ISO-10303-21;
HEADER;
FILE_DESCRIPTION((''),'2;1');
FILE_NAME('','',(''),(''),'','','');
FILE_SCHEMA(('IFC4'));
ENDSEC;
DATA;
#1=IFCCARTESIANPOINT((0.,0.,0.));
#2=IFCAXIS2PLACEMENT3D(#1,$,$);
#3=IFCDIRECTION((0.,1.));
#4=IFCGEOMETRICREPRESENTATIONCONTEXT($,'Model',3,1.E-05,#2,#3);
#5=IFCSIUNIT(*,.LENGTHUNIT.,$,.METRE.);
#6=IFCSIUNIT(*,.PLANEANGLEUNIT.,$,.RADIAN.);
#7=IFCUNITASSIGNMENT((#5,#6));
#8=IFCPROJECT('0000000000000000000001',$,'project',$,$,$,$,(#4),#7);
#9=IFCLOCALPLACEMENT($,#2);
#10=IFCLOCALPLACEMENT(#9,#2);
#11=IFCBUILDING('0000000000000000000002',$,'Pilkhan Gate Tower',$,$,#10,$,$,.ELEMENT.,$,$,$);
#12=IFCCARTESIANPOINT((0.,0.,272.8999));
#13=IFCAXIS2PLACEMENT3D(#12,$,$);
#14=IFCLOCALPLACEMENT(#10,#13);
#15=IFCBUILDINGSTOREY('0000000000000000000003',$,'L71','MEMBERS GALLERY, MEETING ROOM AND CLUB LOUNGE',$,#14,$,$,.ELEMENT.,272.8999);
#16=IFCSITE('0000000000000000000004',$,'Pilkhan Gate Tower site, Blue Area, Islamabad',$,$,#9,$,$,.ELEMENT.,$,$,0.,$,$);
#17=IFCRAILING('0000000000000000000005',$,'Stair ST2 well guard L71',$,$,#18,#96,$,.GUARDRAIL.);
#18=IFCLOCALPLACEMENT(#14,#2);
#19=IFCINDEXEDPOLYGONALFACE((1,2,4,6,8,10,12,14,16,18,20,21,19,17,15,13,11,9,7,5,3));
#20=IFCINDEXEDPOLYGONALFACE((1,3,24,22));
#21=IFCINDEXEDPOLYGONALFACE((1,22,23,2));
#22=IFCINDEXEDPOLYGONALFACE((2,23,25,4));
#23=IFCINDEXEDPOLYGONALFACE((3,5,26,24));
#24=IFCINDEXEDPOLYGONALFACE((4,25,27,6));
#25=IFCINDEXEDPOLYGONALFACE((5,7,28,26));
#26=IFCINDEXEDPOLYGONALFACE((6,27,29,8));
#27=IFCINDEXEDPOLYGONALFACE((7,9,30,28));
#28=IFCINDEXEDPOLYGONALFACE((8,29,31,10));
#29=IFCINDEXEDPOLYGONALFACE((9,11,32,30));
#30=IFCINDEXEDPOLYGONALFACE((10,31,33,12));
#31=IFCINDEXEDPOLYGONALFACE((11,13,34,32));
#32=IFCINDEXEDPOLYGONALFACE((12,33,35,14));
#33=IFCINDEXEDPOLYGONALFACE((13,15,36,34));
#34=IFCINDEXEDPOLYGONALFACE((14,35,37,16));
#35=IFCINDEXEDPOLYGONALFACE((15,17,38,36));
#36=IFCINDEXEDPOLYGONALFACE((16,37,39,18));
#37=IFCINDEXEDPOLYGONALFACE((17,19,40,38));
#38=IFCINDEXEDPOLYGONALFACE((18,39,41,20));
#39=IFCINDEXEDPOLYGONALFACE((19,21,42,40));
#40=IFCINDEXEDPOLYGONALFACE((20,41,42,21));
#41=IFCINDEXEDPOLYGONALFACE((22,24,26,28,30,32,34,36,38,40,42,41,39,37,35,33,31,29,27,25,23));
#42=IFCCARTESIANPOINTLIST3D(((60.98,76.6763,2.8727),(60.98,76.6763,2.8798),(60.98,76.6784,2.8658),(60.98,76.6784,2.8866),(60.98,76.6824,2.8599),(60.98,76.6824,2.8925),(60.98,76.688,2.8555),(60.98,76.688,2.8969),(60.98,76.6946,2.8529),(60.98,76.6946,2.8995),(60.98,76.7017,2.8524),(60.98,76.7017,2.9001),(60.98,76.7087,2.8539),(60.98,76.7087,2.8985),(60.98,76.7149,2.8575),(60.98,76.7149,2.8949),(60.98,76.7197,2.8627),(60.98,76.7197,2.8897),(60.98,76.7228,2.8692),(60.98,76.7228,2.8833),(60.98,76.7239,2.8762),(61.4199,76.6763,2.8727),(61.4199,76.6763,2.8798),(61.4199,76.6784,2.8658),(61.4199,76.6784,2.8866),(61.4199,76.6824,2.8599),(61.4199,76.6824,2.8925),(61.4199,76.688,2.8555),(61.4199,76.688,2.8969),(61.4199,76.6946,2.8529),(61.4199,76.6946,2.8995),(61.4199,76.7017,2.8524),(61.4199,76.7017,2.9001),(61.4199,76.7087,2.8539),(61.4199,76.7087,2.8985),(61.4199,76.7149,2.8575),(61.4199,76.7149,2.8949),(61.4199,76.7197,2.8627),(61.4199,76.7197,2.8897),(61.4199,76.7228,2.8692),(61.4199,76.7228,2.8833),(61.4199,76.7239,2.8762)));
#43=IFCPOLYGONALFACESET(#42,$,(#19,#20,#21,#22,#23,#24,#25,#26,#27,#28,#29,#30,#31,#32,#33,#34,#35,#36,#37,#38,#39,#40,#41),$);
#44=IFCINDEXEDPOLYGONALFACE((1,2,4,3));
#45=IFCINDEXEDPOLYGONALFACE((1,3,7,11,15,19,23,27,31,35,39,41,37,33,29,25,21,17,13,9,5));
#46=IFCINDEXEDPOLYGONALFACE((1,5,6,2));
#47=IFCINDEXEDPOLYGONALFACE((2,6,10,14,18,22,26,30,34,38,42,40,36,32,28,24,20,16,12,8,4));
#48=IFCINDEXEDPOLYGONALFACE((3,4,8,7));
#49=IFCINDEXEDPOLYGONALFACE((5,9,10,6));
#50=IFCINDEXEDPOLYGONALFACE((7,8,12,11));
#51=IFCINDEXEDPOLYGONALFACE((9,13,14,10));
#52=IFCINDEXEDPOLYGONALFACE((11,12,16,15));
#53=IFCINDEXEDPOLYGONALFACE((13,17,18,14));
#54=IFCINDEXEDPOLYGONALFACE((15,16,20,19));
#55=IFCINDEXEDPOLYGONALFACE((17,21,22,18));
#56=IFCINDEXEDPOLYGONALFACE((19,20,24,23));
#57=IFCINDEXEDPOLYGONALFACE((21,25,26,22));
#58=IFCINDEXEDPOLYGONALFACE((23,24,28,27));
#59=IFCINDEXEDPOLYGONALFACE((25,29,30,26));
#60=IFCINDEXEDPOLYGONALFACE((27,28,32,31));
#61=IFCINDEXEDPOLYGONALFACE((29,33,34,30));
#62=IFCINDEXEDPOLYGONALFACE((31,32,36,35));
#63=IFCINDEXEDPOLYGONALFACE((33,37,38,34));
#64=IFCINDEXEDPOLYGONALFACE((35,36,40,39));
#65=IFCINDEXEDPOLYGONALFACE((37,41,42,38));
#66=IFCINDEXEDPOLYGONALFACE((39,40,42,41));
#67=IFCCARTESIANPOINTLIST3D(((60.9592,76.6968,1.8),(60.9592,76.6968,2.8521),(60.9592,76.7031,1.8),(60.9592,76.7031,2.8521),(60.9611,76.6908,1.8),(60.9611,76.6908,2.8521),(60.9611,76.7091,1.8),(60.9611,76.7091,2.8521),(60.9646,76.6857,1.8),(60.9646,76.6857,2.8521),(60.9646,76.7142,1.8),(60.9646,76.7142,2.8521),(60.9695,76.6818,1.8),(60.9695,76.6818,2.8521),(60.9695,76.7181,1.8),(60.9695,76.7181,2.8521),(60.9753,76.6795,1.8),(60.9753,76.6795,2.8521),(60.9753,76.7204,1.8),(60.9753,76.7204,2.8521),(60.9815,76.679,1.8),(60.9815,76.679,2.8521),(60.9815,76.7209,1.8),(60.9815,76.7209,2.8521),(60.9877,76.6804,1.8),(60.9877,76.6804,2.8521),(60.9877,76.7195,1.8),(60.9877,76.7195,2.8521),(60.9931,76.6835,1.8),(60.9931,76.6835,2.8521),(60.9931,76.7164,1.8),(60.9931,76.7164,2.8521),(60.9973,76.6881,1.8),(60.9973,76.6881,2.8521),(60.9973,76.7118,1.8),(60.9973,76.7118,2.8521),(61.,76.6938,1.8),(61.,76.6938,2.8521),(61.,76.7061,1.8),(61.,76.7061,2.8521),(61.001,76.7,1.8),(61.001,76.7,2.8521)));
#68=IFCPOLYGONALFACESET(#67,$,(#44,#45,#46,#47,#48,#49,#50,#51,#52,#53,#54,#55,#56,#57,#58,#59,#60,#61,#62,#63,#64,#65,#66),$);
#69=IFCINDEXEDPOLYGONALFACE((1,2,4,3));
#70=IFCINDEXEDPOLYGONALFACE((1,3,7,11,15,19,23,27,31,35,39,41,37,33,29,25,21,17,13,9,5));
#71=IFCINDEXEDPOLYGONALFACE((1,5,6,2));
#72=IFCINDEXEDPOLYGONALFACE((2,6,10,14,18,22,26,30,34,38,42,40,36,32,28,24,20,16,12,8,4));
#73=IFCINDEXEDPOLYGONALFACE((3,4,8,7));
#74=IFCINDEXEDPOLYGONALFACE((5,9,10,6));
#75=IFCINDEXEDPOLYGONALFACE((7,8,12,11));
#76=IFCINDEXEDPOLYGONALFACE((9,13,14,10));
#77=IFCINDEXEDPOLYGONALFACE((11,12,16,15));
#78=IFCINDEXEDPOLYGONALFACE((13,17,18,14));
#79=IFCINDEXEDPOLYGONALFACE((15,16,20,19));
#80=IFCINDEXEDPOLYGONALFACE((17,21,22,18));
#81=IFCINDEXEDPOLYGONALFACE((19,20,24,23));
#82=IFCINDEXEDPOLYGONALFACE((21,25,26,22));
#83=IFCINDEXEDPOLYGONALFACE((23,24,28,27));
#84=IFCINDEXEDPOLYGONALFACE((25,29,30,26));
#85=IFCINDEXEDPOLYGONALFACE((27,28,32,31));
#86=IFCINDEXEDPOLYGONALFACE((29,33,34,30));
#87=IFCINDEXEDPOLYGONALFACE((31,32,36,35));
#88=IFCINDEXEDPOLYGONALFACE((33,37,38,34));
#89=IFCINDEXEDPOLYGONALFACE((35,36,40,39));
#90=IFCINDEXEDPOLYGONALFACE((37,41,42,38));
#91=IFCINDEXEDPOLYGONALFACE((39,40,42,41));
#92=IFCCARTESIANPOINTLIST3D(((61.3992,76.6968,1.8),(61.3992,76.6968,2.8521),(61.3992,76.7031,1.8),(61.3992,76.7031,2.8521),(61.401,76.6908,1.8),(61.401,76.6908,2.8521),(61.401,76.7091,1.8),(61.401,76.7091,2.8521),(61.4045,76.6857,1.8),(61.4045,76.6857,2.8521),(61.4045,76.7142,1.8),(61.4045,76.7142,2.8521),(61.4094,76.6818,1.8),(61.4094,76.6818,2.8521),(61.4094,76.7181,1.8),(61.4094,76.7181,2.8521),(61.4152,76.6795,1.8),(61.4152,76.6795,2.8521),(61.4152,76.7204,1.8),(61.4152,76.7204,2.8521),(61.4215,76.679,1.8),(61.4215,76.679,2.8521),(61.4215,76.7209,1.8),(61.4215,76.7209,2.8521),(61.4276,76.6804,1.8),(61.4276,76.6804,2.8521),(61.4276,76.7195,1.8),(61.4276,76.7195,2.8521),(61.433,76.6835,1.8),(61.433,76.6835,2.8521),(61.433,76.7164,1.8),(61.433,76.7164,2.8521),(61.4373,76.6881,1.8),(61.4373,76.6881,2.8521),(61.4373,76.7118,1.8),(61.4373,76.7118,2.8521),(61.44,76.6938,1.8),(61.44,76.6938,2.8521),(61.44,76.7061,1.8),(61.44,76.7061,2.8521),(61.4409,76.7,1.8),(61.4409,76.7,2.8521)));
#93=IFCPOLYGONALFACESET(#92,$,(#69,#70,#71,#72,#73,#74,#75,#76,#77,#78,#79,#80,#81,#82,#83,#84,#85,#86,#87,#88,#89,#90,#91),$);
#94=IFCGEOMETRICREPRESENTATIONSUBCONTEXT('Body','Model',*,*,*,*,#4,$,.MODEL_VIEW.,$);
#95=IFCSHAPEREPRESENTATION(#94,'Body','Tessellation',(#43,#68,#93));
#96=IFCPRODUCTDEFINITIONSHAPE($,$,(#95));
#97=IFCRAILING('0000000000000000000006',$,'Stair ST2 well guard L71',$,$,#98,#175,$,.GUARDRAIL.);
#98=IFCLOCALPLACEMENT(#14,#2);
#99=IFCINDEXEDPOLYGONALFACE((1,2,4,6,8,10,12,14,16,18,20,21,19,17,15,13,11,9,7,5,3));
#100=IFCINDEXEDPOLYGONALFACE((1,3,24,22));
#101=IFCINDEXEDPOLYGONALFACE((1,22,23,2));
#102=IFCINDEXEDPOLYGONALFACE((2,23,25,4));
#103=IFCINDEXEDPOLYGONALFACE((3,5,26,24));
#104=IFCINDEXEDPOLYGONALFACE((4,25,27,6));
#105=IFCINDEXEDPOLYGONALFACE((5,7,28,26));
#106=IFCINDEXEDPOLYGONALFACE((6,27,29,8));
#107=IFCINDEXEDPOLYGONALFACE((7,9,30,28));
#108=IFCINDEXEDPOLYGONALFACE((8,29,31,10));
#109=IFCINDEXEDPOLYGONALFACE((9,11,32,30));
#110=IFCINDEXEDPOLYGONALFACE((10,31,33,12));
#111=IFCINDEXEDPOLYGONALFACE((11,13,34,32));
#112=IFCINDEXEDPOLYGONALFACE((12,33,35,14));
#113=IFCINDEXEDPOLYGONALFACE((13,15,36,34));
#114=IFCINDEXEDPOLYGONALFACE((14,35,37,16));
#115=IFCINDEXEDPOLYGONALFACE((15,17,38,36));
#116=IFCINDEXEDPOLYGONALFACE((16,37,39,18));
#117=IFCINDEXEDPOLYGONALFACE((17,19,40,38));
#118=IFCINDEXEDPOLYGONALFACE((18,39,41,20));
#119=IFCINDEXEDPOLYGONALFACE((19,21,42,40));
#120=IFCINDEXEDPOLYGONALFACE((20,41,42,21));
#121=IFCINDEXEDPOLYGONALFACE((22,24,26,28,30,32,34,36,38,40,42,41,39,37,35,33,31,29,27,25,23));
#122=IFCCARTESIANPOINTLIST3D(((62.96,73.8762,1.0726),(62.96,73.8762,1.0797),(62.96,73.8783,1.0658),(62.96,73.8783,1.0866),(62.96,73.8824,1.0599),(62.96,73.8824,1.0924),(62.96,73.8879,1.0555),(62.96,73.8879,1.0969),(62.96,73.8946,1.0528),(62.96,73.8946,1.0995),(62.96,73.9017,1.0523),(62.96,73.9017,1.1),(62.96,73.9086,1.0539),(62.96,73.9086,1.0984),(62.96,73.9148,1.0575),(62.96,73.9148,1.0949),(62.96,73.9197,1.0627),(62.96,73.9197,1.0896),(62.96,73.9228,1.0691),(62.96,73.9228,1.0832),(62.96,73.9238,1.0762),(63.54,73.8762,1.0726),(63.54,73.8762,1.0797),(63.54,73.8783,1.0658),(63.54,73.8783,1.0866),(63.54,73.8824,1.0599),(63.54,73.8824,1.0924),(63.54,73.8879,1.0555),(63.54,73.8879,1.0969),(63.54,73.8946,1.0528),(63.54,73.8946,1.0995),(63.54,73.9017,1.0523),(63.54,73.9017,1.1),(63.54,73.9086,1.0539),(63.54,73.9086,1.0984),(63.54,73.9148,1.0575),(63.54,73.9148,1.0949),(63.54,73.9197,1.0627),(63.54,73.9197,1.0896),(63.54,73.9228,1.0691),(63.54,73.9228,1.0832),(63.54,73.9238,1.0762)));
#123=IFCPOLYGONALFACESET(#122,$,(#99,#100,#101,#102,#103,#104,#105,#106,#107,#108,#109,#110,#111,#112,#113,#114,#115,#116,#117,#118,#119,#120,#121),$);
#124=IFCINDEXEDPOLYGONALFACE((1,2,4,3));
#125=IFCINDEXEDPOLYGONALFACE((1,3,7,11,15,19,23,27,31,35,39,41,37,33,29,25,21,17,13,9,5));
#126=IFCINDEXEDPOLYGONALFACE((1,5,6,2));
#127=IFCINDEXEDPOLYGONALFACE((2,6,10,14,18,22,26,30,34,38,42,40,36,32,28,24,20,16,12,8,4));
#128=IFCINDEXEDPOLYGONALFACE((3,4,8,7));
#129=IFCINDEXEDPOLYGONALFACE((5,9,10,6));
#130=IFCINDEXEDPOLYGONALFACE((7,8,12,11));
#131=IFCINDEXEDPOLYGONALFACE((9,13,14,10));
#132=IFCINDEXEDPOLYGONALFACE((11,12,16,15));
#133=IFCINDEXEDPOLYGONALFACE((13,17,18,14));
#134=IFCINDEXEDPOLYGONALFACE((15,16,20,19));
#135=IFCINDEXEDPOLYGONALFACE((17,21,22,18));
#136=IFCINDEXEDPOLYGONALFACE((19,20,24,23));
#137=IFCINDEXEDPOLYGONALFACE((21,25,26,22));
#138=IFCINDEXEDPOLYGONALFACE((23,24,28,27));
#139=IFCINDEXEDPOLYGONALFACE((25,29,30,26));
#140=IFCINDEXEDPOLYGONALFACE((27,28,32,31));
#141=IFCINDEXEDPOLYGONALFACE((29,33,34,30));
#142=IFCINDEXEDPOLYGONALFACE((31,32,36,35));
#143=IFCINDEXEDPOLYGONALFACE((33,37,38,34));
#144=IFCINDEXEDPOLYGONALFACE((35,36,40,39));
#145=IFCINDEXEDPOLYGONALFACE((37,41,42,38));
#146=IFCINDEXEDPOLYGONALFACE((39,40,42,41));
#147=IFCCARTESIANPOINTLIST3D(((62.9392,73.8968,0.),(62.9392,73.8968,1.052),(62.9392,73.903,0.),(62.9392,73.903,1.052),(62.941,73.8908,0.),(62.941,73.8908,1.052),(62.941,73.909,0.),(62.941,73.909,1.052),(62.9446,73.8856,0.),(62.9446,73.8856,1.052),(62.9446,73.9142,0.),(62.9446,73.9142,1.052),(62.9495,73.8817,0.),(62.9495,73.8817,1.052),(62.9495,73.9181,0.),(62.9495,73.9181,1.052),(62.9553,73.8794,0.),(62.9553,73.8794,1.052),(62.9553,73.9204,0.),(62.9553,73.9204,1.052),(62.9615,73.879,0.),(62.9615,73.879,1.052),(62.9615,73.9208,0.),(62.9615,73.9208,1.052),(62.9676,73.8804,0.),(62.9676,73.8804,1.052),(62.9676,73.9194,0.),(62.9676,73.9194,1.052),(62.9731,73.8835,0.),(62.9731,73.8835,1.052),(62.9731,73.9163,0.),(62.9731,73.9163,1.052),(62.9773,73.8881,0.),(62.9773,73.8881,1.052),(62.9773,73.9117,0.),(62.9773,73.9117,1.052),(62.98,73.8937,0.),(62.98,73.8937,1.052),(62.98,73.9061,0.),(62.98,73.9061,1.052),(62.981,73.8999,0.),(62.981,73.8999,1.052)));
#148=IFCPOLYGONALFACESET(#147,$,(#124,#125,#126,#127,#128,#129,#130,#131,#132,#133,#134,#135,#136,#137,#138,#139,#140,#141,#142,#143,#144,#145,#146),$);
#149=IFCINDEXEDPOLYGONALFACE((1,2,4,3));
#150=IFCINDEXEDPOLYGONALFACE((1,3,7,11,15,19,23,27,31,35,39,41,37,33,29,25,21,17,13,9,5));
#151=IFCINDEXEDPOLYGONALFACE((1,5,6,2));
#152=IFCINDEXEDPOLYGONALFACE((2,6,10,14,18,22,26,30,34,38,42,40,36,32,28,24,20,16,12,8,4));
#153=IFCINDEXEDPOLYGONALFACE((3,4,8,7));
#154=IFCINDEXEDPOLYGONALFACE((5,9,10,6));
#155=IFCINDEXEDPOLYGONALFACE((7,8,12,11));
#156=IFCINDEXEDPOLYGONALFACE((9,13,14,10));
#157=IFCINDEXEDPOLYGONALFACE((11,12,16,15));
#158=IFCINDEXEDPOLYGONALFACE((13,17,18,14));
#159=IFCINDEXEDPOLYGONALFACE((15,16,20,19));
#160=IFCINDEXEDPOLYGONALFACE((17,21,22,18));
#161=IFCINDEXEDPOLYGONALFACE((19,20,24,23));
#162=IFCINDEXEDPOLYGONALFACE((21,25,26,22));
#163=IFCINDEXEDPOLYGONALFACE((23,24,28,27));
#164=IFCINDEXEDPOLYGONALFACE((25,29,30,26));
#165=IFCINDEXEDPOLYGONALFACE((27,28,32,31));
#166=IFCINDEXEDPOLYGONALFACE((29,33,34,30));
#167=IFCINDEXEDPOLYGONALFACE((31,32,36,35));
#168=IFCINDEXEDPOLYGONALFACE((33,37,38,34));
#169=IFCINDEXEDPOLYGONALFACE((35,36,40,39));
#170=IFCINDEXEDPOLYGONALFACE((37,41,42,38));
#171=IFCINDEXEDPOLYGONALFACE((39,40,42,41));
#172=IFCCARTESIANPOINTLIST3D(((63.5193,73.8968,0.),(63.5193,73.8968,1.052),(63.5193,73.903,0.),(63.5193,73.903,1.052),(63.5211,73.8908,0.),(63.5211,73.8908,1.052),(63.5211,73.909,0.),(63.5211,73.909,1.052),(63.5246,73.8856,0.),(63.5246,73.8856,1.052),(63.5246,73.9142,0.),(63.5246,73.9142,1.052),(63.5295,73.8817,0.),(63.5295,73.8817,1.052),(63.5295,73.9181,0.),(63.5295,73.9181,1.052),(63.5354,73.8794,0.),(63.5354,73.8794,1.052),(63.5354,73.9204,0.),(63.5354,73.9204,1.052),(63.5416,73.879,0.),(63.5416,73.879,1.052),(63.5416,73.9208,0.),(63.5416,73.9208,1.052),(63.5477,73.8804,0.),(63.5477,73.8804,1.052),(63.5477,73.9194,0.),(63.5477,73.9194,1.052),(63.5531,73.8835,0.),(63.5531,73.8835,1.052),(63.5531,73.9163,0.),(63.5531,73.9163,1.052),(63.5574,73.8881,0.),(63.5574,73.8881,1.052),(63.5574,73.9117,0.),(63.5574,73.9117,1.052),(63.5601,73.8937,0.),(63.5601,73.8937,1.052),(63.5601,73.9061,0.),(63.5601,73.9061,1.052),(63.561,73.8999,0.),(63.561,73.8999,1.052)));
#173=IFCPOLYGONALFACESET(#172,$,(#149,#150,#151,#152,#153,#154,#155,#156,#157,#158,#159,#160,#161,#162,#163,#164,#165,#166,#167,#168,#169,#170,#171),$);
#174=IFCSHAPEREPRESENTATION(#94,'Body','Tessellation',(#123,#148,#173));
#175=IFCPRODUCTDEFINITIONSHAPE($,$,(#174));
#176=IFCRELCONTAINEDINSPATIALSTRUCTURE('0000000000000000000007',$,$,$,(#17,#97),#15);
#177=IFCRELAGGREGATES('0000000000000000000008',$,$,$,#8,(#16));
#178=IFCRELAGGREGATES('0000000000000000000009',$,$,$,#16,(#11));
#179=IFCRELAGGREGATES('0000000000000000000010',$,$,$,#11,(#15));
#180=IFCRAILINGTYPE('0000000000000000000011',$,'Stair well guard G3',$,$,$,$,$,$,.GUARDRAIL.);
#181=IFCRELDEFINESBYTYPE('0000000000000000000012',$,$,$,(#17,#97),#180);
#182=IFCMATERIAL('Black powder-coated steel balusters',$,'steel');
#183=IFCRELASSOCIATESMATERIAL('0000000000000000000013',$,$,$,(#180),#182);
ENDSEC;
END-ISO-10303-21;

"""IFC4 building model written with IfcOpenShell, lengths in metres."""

from ifc_helpers import new_model, si_unit, direction, frame, origin, origin_2d, place, context, subcontext, project, spatial, circle, extrude, material, type_object, element, save


model = new_model("IFC4")

# Units and contexts
model_context = context("Model", 3, precision=1e-05, world=origin(), true_north=direction((0.0, 1.0)))
body_context = subcontext(model_context, "Body", "Model", "MODEL_VIEW")
ifc_project = project(units=[si_unit("LENGTHUNIT", "METRE"), si_unit("PLANEANGLEUNIT", "RADIAN")], contexts=[model_context])

# Site, building, storey
site_placement = place(None, origin())
site = spatial("IfcSite", under=ifc_project, at=site_placement, Name="Pilkhan Gate Tower site, Blue Area, Islamabad", CompositionType="ELEMENT", RefElevation=0.0)
building_placement = place(site_placement, origin())
building = spatial("IfcBuilding", under=site, at=building_placement, Name="Pilkhan Gate Tower", CompositionType="ELEMENT")
storey_placement = place(building_placement, frame((0.0, 0.0, 272.8999)))
storey = spatial("IfcBuildingStorey", under=building, at=storey_placement, Name="L71", Description="MEMBERS GALLERY, MEETING ROOM AND CLUB LOUNGE", CompositionType="ELEMENT", Elevation=272.8999)

# Railings
ifc_material_1 = material(Name="Black powder-coated steel balusters", Category="steel")
railing_type_1 = type_object("IfcRailingType", Name="Stair well guard G3", PredefinedType="GUARDRAIL", material=ifc_material_1)
railing_1_placement = place(storey_placement, frame((60.98, 76.7, 1.8)))
element("IfcRailing", 1, at=railing_1_placement, inside=storey, type_object=railing_type_1, Name="Stair ST2 well guard L71", PredefinedType="GUARDRAIL", context=body_context, shape_type="SweptSolid", body=[
    extrude(circle(Radius=0.0239, at=origin_2d()), frame((0.0, 0.0, 1.0762), z_axis=(1.0, 0.0, 0.0), x_axis=(0.0, 1.0, 0.0)), (0.0, 0.0, 1.0), 0.4399),
    extrude(circle(Radius=0.021, at=origin_2d()), origin(), (0.0, 0.0, 1.0), 1.052),
    extrude(circle(Radius=0.021, at=origin_2d()), frame((0.4399, 0.0, 0.0)), (0.0, 0.0, 1.0), 1.052),
])
for number, where, name in (
    (2, (62.96, 73.8999, 0.0), "Stair ST2 well guard L71"),
):
    element("IfcRailing", number, at=place(storey_placement, frame(where)), inside=storey, type_object=railing_type_1, Name=name, PredefinedType="GUARDRAIL", context=body_context, shape_type="SweptSolid", body=[
        extrude(circle(Radius=0.0239, at=origin_2d()), frame((0.0, 0.0, 1.0762), z_axis=(1.0, 0.0, 0.0), x_axis=(0.0, 1.0, 0.0)), (0.0, 0.0, 1.0), 0.5801),
        extrude(circle(Radius=0.021, at=origin_2d()), origin(), (0.0, 0.0, 1.0), 1.052),
        extrude(circle(Radius=0.021, at=origin_2d()), frame((0.5801, 0.0, 0.0)), (0.0, 0.0, 1.0), 1.052),
    ])

save(model, "model.ifc")
